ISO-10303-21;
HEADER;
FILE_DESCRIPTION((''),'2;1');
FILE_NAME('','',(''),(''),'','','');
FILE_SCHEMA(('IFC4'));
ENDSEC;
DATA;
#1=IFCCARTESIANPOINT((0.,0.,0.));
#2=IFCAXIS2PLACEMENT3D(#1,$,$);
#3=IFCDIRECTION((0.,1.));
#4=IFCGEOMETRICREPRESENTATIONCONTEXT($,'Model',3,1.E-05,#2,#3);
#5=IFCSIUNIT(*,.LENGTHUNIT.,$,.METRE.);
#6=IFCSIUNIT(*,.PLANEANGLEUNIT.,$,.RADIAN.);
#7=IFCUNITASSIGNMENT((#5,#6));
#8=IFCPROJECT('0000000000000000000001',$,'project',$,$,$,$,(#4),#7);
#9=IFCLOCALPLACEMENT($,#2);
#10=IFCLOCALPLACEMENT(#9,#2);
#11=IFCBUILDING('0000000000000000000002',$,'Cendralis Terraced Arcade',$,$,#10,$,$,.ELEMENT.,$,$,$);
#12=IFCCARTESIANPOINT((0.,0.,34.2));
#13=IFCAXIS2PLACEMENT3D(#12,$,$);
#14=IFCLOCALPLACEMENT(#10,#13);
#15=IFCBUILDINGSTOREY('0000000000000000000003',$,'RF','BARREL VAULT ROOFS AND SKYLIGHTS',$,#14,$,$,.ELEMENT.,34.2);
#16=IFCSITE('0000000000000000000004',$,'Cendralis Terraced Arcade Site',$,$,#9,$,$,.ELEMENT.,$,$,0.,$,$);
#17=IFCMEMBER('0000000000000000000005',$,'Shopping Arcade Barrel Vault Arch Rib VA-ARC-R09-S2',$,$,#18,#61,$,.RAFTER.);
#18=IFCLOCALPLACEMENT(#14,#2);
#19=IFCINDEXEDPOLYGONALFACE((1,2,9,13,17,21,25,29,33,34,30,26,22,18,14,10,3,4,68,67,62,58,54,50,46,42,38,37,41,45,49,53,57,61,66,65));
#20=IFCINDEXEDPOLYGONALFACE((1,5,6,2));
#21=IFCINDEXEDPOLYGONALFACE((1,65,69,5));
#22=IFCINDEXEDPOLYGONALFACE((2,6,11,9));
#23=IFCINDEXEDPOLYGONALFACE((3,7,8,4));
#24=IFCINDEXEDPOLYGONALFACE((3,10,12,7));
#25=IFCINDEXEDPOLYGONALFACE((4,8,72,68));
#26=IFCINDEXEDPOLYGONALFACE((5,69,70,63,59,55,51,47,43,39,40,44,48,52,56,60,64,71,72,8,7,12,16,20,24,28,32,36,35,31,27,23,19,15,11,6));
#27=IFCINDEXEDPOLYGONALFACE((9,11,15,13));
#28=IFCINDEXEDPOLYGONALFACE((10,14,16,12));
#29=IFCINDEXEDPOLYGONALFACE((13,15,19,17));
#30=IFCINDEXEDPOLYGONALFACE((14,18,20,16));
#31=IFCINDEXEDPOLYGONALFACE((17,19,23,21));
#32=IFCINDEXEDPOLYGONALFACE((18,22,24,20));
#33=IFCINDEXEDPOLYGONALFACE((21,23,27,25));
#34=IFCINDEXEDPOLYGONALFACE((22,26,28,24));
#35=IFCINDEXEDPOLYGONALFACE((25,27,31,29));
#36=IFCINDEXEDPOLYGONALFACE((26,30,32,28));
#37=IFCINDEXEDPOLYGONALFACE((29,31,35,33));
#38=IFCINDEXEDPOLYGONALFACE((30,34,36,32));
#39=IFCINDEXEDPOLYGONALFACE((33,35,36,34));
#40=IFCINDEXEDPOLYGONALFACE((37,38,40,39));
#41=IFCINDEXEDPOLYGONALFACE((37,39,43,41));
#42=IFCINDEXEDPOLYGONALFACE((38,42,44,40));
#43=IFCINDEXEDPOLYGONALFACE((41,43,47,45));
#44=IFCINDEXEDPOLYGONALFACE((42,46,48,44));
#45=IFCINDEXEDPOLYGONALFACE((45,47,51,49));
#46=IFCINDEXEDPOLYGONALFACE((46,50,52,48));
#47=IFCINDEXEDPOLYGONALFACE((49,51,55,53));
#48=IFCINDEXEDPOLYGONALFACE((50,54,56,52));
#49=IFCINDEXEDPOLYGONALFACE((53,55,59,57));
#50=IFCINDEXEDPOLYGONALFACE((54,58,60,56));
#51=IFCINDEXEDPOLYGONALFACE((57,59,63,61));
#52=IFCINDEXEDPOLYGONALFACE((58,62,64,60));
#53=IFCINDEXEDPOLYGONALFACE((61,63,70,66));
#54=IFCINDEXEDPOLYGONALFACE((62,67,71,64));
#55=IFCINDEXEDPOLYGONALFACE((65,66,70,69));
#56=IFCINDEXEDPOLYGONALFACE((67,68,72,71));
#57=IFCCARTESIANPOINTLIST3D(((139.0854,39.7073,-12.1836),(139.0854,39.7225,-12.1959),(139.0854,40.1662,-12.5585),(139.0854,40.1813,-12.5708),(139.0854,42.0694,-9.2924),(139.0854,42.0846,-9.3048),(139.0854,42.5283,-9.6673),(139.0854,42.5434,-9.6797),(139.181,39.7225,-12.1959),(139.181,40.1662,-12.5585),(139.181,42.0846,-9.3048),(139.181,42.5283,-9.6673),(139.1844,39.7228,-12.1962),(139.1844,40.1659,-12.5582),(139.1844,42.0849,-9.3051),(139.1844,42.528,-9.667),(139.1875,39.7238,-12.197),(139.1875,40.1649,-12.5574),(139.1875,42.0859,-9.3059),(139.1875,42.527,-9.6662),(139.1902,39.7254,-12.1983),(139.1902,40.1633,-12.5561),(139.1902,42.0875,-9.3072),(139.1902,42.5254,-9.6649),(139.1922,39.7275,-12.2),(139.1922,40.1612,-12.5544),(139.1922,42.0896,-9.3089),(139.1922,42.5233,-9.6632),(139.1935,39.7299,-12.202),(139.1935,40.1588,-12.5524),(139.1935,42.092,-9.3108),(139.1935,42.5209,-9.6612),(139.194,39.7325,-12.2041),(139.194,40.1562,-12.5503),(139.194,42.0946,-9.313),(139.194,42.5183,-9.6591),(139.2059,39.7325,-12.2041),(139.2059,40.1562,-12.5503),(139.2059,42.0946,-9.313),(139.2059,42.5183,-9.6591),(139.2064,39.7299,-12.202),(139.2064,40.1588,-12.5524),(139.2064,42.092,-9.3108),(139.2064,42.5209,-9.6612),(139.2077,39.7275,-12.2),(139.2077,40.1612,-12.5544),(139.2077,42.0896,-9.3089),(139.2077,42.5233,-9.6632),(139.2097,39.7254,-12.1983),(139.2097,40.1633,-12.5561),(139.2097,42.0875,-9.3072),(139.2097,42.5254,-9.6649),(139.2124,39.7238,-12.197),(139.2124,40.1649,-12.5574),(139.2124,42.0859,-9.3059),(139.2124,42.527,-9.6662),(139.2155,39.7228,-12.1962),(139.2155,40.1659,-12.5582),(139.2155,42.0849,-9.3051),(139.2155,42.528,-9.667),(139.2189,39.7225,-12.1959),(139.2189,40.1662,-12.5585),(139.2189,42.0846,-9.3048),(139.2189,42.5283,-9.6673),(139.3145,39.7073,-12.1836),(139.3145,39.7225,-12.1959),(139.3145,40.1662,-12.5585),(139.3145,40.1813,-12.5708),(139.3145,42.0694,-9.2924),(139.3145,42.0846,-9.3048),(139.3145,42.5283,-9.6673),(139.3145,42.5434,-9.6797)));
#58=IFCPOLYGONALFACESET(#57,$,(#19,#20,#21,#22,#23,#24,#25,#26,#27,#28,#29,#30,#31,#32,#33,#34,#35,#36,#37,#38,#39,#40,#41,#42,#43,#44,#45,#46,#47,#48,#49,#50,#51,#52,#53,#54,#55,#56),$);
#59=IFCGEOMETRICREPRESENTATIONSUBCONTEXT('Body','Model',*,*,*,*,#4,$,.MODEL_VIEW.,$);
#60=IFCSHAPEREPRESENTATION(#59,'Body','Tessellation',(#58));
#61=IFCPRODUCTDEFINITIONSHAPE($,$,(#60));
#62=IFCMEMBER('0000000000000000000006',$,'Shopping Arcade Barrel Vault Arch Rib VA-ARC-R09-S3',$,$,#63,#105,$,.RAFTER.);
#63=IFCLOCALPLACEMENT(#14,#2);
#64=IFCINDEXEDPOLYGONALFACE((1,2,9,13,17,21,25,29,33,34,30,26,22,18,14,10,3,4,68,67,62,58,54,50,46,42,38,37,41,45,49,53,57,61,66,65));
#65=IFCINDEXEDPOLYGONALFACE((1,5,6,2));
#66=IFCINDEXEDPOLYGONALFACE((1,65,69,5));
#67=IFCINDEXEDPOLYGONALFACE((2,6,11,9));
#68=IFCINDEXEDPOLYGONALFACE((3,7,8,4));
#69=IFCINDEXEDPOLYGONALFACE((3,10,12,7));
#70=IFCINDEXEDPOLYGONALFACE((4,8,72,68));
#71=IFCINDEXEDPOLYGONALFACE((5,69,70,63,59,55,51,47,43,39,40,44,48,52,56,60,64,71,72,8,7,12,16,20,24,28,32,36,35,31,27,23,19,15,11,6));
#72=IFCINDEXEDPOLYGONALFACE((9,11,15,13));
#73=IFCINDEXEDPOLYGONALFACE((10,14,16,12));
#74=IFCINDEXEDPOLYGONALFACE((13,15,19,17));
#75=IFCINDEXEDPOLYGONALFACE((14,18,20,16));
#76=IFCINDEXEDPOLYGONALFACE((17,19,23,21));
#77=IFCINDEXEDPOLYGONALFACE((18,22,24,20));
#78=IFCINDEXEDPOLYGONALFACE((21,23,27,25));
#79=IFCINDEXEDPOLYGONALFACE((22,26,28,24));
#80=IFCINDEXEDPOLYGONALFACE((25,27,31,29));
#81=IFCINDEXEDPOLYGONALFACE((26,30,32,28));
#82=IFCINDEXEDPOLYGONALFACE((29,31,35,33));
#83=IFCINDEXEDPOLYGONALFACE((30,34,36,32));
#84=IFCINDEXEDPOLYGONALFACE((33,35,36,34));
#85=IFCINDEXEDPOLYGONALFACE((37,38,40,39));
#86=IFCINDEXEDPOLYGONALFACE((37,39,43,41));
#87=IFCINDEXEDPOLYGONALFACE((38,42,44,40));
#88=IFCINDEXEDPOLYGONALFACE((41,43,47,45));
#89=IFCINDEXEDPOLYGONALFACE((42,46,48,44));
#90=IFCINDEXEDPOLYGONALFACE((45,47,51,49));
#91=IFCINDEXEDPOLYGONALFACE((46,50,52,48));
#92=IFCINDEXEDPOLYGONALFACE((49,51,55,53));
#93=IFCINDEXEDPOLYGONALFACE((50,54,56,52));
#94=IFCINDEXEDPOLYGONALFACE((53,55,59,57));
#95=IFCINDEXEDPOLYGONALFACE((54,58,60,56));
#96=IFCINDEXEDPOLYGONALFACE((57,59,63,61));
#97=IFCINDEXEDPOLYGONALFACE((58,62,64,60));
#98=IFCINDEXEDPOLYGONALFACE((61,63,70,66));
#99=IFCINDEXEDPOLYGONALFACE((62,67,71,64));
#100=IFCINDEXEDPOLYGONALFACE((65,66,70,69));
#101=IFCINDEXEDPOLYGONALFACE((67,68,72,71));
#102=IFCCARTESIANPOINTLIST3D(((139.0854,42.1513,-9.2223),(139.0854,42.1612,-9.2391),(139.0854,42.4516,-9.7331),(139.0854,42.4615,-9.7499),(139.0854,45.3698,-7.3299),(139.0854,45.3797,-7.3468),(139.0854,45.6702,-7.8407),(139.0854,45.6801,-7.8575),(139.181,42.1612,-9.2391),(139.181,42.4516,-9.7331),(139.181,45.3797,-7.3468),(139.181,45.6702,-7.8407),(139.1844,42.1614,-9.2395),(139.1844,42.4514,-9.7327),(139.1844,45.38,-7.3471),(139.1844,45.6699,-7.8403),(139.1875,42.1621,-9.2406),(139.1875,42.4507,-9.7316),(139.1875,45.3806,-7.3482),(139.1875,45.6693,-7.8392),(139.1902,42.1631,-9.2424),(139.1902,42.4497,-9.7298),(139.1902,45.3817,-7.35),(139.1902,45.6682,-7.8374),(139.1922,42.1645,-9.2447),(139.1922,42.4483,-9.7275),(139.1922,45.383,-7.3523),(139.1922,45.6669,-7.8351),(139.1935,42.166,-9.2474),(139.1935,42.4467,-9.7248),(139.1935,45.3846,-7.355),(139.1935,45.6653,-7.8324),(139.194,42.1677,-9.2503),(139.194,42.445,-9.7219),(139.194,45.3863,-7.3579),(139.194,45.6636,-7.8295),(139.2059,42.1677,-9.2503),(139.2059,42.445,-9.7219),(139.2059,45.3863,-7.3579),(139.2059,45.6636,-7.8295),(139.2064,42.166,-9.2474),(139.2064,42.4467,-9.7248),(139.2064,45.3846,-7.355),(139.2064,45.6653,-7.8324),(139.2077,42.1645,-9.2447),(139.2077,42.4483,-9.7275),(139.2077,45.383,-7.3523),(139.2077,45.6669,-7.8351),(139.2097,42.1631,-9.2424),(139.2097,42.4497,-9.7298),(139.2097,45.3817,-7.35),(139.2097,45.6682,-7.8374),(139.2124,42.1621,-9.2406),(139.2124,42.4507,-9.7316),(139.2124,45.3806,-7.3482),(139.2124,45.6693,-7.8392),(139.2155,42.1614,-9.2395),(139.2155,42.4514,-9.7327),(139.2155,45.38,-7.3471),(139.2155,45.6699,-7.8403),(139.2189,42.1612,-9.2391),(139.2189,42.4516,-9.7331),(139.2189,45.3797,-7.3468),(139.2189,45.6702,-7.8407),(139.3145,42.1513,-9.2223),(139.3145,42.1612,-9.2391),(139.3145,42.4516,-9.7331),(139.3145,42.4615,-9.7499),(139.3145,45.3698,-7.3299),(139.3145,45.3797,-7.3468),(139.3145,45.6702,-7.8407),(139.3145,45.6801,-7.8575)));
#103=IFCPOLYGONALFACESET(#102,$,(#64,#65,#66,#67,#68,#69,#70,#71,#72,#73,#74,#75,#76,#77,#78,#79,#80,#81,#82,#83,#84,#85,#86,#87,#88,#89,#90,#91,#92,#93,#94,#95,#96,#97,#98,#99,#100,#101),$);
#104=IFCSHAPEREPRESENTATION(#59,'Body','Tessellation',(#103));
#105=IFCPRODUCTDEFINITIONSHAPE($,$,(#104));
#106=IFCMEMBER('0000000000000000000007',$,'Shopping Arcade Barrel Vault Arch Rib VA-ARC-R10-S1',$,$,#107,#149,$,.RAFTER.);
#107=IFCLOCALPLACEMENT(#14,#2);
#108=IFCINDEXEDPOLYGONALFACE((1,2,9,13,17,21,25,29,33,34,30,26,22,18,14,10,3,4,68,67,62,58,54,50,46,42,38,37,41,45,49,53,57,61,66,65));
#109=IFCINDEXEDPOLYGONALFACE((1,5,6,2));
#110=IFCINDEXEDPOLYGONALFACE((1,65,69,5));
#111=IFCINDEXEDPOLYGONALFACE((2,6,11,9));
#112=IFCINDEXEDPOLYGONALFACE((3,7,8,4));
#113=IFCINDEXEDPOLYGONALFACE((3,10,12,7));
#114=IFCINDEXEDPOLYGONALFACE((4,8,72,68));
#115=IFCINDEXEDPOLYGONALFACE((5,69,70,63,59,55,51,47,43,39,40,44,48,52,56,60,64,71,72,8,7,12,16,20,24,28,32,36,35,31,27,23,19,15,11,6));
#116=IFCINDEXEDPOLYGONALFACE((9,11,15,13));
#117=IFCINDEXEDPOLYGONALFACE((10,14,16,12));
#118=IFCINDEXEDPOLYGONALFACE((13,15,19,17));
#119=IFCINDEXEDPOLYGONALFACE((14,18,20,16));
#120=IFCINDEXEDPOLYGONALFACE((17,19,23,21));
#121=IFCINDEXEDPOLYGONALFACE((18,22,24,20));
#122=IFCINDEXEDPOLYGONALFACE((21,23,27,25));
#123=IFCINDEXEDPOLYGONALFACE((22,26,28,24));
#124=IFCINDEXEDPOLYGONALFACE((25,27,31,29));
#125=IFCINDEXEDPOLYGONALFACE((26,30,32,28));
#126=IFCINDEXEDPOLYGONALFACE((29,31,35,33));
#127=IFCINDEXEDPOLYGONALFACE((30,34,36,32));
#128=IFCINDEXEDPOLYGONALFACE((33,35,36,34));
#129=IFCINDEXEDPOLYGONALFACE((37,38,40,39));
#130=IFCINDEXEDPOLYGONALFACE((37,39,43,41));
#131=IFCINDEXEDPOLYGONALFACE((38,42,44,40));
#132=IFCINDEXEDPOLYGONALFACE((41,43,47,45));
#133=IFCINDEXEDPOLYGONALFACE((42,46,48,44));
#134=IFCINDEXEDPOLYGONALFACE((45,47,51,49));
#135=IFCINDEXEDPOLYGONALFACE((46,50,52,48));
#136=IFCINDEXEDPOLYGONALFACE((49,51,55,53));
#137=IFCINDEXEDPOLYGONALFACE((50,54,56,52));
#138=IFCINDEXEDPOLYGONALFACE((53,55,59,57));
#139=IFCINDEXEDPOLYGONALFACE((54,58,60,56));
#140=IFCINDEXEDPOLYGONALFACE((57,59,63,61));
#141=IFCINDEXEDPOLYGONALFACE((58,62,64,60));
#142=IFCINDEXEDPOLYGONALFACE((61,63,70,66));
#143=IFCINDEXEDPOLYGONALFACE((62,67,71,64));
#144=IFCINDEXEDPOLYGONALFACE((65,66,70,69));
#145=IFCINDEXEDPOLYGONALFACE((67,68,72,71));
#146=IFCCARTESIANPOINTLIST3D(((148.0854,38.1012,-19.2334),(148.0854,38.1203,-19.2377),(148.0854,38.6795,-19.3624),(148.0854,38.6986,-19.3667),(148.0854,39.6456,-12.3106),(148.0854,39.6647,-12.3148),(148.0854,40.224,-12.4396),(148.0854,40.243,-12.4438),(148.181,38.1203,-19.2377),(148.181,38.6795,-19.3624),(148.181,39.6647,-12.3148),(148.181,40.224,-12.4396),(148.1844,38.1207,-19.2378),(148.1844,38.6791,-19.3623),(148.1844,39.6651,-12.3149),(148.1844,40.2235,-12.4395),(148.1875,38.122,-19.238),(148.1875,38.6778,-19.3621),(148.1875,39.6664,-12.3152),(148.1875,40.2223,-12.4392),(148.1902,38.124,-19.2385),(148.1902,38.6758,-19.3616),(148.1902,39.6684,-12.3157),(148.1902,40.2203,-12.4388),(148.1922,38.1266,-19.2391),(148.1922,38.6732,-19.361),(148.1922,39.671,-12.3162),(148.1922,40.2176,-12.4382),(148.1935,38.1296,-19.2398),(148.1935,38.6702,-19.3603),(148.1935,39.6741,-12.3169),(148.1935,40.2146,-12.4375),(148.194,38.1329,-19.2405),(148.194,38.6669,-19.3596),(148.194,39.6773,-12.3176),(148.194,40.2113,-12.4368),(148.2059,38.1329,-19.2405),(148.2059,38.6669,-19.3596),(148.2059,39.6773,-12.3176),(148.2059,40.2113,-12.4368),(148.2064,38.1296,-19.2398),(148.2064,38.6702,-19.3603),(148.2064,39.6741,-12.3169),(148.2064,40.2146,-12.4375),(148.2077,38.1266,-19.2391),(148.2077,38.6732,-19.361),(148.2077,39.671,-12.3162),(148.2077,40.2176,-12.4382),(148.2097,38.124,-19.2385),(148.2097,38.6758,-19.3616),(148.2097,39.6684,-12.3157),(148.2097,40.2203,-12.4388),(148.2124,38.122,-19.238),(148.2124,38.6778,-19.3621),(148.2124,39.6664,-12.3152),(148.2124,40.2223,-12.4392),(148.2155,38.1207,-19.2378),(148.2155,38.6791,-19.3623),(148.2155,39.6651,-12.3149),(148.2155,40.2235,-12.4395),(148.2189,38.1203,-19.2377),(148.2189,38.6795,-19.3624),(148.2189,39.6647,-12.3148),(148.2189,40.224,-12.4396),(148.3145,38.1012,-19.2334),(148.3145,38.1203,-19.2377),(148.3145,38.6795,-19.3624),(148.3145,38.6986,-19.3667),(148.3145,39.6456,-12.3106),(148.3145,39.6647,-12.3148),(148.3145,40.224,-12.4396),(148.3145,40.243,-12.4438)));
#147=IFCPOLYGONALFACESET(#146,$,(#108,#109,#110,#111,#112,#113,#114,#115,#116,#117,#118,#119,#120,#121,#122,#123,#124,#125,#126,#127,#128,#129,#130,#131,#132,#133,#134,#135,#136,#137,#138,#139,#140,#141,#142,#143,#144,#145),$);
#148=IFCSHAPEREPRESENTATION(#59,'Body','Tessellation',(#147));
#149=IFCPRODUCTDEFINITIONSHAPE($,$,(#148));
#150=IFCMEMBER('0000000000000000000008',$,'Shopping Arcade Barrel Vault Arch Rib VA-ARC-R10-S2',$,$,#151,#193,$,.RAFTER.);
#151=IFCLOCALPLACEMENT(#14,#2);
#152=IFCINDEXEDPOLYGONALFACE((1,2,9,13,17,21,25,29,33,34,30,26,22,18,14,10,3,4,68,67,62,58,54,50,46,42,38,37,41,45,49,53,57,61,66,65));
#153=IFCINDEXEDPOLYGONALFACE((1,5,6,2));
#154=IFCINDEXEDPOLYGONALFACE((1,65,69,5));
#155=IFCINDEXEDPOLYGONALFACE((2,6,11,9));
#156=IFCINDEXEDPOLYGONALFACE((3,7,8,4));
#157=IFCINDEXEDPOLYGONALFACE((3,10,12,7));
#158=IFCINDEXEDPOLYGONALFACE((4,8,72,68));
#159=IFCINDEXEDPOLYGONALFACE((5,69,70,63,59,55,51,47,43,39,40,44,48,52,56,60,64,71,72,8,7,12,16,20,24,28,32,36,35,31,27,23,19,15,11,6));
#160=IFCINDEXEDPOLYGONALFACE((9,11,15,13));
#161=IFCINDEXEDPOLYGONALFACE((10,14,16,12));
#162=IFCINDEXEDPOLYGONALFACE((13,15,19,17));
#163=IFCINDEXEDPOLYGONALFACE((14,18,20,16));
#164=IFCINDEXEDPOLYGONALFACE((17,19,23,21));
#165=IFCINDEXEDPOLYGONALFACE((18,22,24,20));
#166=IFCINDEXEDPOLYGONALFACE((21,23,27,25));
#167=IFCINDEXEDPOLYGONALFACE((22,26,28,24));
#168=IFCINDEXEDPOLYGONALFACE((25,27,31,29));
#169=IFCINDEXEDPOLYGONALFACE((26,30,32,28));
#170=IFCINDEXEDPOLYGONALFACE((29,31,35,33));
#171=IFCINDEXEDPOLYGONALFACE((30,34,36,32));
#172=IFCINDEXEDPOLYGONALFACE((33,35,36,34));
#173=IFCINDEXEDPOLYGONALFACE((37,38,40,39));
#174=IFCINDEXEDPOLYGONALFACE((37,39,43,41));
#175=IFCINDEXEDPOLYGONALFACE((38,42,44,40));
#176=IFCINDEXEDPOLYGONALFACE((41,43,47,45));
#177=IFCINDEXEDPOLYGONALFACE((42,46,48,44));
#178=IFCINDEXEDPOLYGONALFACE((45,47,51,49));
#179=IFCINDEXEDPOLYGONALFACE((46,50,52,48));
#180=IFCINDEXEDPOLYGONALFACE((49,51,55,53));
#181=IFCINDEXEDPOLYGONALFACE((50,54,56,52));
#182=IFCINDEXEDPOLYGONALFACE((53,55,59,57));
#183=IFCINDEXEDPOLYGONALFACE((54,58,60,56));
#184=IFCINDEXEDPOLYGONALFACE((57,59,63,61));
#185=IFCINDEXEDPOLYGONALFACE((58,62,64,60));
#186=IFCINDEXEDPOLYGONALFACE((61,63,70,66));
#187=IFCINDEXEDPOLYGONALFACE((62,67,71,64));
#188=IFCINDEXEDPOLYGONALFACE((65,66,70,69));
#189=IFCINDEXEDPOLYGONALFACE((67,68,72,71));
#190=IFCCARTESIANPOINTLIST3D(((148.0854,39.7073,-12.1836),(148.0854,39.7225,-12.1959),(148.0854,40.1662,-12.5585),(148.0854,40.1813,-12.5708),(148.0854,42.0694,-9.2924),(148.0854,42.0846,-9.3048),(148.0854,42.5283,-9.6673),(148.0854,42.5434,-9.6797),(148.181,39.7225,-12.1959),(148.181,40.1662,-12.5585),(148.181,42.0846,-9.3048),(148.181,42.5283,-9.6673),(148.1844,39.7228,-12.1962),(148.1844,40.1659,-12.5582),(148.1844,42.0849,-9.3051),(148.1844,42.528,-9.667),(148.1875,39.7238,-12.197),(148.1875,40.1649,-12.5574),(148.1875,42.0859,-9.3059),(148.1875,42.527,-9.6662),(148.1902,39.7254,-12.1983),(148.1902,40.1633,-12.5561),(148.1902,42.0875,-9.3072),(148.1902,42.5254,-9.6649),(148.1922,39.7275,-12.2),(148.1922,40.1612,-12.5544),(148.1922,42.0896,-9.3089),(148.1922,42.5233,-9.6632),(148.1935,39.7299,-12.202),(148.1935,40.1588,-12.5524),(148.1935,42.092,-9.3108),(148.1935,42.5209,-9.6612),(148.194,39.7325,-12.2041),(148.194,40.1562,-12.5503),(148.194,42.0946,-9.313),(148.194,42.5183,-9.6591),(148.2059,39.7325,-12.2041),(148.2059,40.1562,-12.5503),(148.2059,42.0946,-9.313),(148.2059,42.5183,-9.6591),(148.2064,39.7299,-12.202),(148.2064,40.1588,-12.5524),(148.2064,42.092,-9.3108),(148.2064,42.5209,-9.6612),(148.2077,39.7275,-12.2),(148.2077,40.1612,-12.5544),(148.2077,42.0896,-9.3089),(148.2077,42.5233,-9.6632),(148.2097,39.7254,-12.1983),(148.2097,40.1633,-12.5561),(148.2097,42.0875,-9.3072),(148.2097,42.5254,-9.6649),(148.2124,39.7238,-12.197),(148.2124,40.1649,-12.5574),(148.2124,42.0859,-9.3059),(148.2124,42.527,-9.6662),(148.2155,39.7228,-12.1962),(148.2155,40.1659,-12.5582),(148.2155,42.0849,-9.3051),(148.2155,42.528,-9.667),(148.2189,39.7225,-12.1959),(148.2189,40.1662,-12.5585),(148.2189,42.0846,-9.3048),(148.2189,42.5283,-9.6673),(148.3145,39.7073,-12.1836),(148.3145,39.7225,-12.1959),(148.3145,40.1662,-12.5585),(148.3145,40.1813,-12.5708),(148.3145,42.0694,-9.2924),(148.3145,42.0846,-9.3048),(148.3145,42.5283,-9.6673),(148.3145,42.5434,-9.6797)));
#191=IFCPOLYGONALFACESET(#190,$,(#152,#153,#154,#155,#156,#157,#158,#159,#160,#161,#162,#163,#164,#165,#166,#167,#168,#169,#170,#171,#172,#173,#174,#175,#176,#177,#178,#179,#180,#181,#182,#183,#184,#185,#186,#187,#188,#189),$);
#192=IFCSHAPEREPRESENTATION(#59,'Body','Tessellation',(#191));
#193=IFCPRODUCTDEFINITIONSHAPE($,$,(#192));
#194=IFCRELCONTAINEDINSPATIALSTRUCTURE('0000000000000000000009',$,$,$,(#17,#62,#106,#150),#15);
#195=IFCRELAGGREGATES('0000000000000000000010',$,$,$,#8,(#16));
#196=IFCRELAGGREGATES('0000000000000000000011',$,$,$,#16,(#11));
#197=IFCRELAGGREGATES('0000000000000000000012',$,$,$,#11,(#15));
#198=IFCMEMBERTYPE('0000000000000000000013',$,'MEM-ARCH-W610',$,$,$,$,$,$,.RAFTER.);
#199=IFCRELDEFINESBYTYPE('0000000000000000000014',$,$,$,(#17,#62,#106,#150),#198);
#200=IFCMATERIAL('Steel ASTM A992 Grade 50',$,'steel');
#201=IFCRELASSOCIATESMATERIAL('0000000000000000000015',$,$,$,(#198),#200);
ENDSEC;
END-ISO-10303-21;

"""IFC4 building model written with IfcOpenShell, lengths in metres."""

from ifc_helpers import new_model, si_unit, direction, frame, origin, origin_2d, place, context, subcontext, project, spatial, i_section, extrude, material, material_profile, profile_set, type_object, element, save


model = new_model("IFC4")

# Units and contexts
model_context = context("Model", 3, precision=1e-05, world=origin(), true_north=direction((0.0, 1.0)))
body_context = subcontext(model_context, "Body", "Model", "MODEL_VIEW")
ifc_project = project(units=[si_unit("LENGTHUNIT", "METRE"), si_unit("PLANEANGLEUNIT", "RADIAN")], contexts=[model_context])

# Site, building, storey
site_placement = place(None, origin())
site = spatial("IfcSite", under=ifc_project, at=site_placement, Name="Cendralis Terraced Arcade Site", CompositionType="ELEMENT", RefElevation=0.0)
building_placement = place(site_placement, origin())
building = spatial("IfcBuilding", under=site, at=building_placement, Name="Cendralis Terraced Arcade", CompositionType="ELEMENT")
storey_placement = place(building_placement, frame((0.0, 0.0, 34.2)))
storey = spatial("IfcBuildingStorey", under=building, at=storey_placement, Name="RF", Description="BARREL VAULT ROOFS AND SKYLIGHTS", CompositionType="ELEMENT", Elevation=34.2)

# Members
ifc_material_1 = material(Name="Steel ASTM A992 Grade 50", Category="steel")
ifc_material_profile_1 = material_profile(ifc_material_1, i_section(OverallWidth=0.229, OverallDepth=0.6121, WebThickness=0.012, FlangeThickness=0.0195, FilletRadius=0.0129, at=origin_2d()), Name="W610X125", Category="LoadBearing")
ifc_profile_set_1 = profile_set([ifc_material_profile_1], Name="Steel ASTM A992 Grade 50")
member_type_1 = type_object("IfcMemberType", Name="MEM-ARCH-W610", PredefinedType="RAFTER", material=ifc_profile_set_1)
member_1_placement = place(storey_placement, frame((139.2, 39.9443, -12.3772), z_axis=(0.0, 0.632693, 0.774403), x_axis=(-1.0, 0.0, 0.0)))
element("IfcMember", 1, at=member_1_placement, inside=storey, type_object=member_type_1, Name="Shopping Arcade Barrel Vault Arch Rib VA-ARC-R09-S2", PredefinedType="RAFTER", context=body_context, shape_type="SweptSolid", body=[
    extrude(i_section(OverallWidth=0.229, OverallDepth=0.6121, WebThickness=0.012, FlangeThickness=0.0195, FilletRadius=0.0129, at=origin_2d()), origin(), (0.0, 0.0, 1.0), 3.7334),
])
member_2_placement = place(storey_placement, frame((139.2, 42.3064, -9.4861), z_axis=(0.0, 0.86204, 0.50684), x_axis=(-1.0, 0.0, 0.0)))
element("IfcMember", 2, at=member_2_placement, inside=storey, type_object=member_type_1, Name="Shopping Arcade Barrel Vault Arch Rib VA-ARC-R09-S3", PredefinedType="RAFTER", context=body_context, shape_type="SweptSolid", body=[
    extrude(i_section(OverallWidth=0.229, OverallDepth=0.6121, WebThickness=0.012, FlangeThickness=0.0195, FilletRadius=0.0129, at=origin_2d()), origin(), (0.0, 0.0, 1.0), 3.7336),
])
member_3_placement = place(storey_placement, frame((148.2, 38.3999, -19.3), z_axis=(0.0, 0.217739, 0.976007), x_axis=(-1.0, 0.0, 0.0)))
element("IfcMember", 3, at=member_3_placement, inside=storey, type_object=member_type_1, Name="Shopping Arcade Barrel Vault Arch Rib VA-ARC-R10-S1", PredefinedType="RAFTER", context=body_context, shape_type="SweptSolid", body=[
    extrude(i_section(OverallWidth=0.229, OverallDepth=0.6121, WebThickness=0.012, FlangeThickness=0.0195, FilletRadius=0.0129, at=origin_2d()), origin(), (0.0, 0.0, 1.0), 7.093),
])
member_4_placement = place(storey_placement, frame((148.2, 39.9443, -12.3772), z_axis=(0.0, 0.632693, 0.774403), x_axis=(-1.0, 0.0, 0.0)))
element("IfcMember", 4, at=member_4_placement, inside=storey, type_object=member_type_1, Name="Shopping Arcade Barrel Vault Arch Rib VA-ARC-R10-S2", PredefinedType="RAFTER", context=body_context, shape_type="SweptSolid", body=[
    extrude(i_section(OverallWidth=0.229, OverallDepth=0.6121, WebThickness=0.012, FlangeThickness=0.0195, FilletRadius=0.0129, at=origin_2d()), origin(), (0.0, 0.0, 1.0), 3.7334),
])

save(model, "model.ifc")
